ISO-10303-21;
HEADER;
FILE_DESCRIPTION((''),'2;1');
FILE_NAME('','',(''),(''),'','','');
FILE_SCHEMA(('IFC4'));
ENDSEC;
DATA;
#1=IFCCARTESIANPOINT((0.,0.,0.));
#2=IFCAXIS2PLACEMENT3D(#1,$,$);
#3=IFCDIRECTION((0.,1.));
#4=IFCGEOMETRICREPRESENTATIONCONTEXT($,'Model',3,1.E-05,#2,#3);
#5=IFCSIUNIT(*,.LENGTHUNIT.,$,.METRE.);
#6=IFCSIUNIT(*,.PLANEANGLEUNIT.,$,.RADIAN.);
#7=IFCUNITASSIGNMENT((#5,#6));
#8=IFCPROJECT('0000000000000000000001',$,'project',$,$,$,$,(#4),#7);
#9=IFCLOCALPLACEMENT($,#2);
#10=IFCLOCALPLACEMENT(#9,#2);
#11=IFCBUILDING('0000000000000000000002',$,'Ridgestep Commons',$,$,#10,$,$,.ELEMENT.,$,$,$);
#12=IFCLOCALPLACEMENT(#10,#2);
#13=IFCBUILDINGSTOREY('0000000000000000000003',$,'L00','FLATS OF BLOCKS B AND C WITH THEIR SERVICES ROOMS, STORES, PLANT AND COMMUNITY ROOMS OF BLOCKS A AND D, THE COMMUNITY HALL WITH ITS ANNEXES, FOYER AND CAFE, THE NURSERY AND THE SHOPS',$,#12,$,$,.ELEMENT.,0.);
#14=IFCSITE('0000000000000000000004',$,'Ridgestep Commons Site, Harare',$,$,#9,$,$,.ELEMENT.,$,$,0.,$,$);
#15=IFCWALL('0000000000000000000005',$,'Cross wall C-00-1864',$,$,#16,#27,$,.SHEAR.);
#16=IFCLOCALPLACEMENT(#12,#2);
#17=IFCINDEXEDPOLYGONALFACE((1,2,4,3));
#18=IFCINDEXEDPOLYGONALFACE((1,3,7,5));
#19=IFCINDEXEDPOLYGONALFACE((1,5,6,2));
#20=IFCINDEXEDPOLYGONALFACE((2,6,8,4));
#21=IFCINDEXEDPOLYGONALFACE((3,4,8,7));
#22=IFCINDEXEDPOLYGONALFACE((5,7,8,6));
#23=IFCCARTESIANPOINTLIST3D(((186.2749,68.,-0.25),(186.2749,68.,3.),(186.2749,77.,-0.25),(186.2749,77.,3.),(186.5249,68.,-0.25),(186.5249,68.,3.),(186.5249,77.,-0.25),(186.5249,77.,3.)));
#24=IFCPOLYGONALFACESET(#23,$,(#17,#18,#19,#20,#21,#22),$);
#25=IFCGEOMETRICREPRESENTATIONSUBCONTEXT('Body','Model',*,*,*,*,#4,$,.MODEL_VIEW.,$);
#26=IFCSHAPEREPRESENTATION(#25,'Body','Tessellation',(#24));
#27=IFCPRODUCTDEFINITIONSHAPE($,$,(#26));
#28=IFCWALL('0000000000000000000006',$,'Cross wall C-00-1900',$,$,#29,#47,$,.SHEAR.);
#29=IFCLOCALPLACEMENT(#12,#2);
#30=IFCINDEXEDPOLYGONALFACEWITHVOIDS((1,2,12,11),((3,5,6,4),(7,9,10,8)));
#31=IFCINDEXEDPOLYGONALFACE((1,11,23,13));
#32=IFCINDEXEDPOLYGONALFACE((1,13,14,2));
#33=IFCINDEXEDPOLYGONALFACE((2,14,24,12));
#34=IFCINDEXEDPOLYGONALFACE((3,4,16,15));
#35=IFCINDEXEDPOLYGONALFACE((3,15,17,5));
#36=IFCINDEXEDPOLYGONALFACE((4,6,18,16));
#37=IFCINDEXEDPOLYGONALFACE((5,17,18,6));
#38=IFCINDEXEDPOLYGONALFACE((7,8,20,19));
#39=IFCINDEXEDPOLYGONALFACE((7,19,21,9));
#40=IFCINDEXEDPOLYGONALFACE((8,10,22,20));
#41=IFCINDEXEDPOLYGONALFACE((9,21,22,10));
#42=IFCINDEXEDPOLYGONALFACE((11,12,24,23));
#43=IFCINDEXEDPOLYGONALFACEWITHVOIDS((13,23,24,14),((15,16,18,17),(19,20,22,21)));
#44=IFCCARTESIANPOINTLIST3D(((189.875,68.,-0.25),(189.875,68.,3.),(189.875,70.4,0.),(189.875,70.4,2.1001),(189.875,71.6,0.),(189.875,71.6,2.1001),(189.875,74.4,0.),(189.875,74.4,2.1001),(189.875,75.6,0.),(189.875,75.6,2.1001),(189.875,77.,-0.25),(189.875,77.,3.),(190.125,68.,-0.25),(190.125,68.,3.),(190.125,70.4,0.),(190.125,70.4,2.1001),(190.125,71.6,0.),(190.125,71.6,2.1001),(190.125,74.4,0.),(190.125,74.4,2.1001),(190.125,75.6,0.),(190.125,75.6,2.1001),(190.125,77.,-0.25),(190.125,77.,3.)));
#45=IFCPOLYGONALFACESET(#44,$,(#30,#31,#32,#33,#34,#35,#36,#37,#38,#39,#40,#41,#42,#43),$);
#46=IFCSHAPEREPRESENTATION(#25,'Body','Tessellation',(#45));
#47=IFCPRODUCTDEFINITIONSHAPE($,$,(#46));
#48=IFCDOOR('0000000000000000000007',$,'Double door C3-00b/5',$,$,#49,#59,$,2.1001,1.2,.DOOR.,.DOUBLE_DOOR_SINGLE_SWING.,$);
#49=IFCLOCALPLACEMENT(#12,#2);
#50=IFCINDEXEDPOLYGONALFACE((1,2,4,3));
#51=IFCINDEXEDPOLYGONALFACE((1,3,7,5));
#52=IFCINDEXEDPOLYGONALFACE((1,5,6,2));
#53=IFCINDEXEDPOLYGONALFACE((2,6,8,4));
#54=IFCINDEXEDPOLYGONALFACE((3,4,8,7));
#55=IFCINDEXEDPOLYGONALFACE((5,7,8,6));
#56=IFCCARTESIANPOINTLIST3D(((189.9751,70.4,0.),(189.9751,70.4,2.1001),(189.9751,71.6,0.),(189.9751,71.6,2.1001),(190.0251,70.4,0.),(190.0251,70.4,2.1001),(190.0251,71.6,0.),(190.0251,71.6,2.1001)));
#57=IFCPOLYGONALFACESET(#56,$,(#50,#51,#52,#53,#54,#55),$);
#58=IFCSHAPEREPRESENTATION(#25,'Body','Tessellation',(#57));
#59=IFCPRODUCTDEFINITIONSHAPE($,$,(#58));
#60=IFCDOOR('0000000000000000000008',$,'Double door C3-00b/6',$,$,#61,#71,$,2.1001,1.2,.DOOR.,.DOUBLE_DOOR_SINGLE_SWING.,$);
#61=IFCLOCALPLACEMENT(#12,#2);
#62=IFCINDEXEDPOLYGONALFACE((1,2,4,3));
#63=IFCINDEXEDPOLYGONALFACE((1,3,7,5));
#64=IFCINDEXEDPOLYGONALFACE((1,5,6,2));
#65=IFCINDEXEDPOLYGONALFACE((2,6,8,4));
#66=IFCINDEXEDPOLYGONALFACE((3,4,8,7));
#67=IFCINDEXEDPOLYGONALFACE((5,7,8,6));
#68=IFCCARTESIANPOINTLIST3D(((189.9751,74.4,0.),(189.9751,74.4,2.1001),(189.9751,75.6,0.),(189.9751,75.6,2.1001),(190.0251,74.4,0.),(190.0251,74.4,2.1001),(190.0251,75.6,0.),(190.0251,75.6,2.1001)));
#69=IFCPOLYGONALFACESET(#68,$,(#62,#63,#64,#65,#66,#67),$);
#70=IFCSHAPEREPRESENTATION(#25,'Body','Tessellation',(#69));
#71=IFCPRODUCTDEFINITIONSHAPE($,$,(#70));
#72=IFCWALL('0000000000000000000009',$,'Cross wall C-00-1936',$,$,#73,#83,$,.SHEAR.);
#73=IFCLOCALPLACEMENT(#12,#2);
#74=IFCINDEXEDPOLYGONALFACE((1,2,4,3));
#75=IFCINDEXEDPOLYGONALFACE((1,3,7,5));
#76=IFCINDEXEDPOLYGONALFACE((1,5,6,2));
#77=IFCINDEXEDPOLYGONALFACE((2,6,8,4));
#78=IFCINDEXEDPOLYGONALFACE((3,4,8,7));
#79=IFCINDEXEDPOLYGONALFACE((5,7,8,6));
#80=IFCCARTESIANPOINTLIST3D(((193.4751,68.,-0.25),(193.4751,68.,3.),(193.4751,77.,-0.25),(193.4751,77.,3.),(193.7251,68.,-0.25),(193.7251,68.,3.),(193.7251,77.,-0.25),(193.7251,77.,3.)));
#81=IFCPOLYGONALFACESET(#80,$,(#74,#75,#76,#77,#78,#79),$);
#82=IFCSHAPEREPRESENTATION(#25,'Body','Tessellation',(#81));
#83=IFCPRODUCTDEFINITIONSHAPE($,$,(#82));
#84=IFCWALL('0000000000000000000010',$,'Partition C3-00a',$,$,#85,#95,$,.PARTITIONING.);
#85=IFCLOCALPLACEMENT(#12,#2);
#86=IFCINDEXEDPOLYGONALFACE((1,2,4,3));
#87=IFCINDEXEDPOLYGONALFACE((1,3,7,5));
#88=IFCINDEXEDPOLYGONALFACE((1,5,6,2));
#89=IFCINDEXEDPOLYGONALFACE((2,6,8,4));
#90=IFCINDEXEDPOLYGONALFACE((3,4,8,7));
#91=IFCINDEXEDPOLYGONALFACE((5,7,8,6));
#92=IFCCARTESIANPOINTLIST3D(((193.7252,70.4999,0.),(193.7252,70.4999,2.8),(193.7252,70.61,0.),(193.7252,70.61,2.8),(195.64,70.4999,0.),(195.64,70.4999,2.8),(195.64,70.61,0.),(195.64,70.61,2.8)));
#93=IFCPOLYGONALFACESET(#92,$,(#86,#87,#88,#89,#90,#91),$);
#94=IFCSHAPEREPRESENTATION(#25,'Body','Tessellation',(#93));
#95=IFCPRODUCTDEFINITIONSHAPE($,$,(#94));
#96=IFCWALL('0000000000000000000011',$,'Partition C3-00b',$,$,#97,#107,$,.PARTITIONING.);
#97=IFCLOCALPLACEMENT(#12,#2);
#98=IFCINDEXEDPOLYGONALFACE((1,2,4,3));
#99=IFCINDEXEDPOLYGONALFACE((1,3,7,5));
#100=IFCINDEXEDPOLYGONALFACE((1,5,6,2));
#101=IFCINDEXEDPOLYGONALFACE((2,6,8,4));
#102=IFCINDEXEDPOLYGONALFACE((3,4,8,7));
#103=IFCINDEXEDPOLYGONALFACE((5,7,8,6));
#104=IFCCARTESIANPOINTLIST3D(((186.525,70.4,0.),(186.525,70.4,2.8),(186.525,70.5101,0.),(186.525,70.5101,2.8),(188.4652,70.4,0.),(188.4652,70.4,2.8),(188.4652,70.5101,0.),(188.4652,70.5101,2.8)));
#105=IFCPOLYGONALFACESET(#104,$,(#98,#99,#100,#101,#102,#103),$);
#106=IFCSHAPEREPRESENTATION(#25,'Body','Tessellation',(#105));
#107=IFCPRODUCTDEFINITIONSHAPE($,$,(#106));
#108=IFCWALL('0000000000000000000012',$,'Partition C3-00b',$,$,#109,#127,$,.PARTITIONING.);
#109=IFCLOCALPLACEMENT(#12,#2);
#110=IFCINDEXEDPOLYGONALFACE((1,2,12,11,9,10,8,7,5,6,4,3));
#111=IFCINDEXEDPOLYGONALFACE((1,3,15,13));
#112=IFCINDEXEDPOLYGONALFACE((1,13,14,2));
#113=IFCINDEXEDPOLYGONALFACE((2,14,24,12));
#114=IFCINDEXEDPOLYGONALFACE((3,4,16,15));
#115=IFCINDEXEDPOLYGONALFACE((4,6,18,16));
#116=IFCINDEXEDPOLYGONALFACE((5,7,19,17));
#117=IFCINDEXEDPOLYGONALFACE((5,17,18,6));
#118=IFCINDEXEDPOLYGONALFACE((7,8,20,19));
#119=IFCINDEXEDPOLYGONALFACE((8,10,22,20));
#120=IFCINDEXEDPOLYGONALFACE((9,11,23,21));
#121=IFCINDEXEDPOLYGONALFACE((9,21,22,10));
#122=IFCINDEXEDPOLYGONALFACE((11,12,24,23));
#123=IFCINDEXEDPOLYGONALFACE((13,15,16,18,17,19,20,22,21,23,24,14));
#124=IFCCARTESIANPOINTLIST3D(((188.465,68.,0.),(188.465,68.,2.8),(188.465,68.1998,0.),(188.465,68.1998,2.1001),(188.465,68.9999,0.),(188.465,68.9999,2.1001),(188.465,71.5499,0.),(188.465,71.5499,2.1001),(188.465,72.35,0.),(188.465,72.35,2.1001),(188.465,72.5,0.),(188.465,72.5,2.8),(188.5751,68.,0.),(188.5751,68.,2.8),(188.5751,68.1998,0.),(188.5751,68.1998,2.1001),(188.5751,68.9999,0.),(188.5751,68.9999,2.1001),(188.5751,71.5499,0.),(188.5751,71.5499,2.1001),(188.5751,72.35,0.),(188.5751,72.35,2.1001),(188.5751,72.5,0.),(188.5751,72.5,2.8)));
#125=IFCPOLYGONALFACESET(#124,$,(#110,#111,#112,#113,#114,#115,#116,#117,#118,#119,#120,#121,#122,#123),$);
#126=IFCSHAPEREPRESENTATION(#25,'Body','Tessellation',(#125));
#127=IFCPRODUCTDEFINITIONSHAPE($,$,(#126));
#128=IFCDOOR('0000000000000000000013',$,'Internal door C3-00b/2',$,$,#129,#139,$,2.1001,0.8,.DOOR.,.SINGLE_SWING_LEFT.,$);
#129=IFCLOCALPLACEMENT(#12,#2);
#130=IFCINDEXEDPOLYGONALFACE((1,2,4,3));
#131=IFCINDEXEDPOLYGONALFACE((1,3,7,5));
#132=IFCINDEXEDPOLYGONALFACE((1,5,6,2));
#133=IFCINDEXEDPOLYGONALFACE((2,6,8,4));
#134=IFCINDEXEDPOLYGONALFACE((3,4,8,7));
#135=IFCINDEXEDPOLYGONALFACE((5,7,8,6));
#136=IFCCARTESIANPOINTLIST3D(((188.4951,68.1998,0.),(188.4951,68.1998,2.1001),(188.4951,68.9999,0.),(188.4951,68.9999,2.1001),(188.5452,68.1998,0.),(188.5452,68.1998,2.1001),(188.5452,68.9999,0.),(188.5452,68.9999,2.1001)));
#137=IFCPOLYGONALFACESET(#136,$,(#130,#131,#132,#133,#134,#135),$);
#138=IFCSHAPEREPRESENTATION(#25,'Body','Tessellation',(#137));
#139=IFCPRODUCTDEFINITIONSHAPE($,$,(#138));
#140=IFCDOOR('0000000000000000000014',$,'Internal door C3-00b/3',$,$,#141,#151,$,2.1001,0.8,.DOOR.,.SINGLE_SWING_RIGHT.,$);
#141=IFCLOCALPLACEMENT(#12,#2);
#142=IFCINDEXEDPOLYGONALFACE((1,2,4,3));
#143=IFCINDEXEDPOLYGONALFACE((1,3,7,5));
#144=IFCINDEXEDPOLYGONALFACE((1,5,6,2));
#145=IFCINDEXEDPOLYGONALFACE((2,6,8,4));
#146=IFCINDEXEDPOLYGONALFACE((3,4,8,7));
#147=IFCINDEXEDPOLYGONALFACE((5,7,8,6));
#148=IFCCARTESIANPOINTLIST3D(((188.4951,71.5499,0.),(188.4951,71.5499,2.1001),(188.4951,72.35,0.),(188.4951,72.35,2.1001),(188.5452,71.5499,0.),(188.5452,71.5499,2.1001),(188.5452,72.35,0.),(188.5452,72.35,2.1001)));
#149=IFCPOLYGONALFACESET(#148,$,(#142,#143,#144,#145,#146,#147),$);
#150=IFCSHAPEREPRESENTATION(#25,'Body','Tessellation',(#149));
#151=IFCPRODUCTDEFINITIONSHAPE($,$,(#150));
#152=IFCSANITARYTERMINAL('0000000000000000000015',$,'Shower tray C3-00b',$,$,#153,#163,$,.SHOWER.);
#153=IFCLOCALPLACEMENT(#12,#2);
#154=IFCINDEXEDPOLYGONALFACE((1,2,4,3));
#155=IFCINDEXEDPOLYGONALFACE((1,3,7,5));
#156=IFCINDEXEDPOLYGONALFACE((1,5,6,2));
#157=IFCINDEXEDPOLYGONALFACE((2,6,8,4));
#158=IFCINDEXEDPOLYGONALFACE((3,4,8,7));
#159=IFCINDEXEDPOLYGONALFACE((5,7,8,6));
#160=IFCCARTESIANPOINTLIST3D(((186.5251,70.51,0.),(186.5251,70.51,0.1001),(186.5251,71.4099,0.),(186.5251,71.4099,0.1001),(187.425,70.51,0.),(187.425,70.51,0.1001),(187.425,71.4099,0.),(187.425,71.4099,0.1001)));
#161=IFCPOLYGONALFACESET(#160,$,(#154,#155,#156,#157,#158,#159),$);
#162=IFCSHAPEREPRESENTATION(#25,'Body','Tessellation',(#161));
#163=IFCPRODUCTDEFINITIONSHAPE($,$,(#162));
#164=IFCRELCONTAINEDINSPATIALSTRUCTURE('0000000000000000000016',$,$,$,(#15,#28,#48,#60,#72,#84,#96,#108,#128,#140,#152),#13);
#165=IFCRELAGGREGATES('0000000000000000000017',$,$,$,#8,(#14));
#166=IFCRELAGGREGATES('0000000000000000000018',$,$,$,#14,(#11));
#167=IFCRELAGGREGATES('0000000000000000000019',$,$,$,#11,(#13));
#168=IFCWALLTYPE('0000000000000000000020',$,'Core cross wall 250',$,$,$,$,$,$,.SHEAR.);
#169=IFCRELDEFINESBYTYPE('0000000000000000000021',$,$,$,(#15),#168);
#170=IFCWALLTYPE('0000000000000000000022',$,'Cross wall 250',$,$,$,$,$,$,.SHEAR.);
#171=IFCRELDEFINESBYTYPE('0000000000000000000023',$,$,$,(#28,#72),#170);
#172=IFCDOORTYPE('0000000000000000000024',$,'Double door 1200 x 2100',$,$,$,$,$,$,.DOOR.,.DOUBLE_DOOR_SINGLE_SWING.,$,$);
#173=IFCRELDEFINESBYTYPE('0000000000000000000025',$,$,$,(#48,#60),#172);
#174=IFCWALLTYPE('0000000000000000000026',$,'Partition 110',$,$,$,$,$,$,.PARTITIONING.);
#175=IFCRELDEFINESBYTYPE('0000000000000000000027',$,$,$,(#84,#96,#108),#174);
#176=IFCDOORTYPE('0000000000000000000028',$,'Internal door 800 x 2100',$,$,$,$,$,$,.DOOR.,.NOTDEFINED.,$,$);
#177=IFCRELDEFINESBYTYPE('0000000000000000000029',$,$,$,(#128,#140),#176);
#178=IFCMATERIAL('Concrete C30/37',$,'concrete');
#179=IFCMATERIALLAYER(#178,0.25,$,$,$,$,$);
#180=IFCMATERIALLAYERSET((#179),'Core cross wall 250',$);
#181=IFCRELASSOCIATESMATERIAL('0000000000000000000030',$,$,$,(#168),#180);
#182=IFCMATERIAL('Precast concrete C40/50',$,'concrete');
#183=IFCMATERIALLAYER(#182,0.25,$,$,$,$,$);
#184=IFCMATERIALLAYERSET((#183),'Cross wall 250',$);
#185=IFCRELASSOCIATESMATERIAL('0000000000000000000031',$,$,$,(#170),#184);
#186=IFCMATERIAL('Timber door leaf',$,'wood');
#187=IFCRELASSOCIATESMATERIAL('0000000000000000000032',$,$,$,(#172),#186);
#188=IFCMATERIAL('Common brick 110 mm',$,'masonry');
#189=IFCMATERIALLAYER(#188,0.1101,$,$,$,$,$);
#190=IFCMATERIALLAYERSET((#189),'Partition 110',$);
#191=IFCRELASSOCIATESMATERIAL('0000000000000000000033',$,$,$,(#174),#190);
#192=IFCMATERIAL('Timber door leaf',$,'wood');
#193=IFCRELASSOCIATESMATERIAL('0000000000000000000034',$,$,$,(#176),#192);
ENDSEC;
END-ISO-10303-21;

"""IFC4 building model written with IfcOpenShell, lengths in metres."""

from ifc_helpers import new_model, si_unit, direction, frame, frame_2d, origin, origin_2d, place, context, subcontext, project, spatial, rectangle, extrude, material, layer, layer_set, type_object, element, fill, save


model = new_model("IFC4")

# Units and contexts
model_context = context("Model", 3, precision=1e-05, world=origin(), true_north=direction((0.0, 1.0)))
body_context = subcontext(model_context, "Body", "Model", "MODEL_VIEW")
ifc_project = project(units=[si_unit("LENGTHUNIT", "METRE"), si_unit("PLANEANGLEUNIT", "RADIAN")], contexts=[model_context])

# Site, building, storey
site_placement = place(None, origin())
site = spatial("IfcSite", under=ifc_project, at=site_placement, Name="Ridgestep Commons Site, Harare", CompositionType="ELEMENT", RefElevation=0.0)
building_placement = place(site_placement, origin())
building = spatial("IfcBuilding", under=site, at=building_placement, Name="Ridgestep Commons", CompositionType="ELEMENT")
storey_placement = place(building_placement, origin())
storey = spatial("IfcBuildingStorey", under=building, at=storey_placement, Name="L00", Description="FLATS OF BLOCKS B AND C WITH THEIR SERVICES ROOMS, STORES, PLANT AND COMMUNITY ROOMS OF BLOCKS A AND D, THE COMMUNITY HALL WITH ITS ANNEXES, FOYER AND CAFE, THE NURSERY AND THE SHOPS", CompositionType="ELEMENT", Elevation=0.0)

# Wall
ifc_material_1 = material(Name="Concrete C30/37", Category="concrete")
ifc_layer_1 = layer(ifc_material_1, 0.25)
ifc_layer_set_1 = layer_set([ifc_layer_1], Name="Core cross wall 250")
wall_type_1 = type_object("IfcWallType", Name="Core cross wall 250", PredefinedType="SHEAR", material=ifc_layer_set_1)
wall_1_placement = place(storey_placement, frame((186.3999, 68.0, -0.25), z_axis=(0.0, 0.0, 1.0), x_axis=(0.0, 1.0, 0.0)))
element("IfcWall", 1, at=wall_1_placement, inside=storey, type_object=wall_type_1, Name="Cross wall C-00-1864", PredefinedType="SHEAR", context=body_context, shape_type="SweptSolid", body=[
    extrude(rectangle(XDim=9.0, YDim=0.25, at=frame_2d((4.5, 0.0))), origin(), (0.0, 0.0, 1.0), 3.25),
])

# Wall, openings, doors
ifc_material_2 = material(Name="Precast concrete C40/50", Category="concrete")
ifc_layer_2 = layer(ifc_material_2, 0.25)
ifc_layer_set_2 = layer_set([ifc_layer_2], Name="Cross wall 250")
wall_type_2 = type_object("IfcWallType", Name="Cross wall 250", PredefinedType="SHEAR", material=ifc_layer_set_2)
wall_2_placement = place(storey_placement, frame((190.0, 68.0, -0.25), z_axis=(0.0, 0.0, 1.0), x_axis=(0.0, 1.0, 0.0)))
wall_2 = element("IfcWall", 2, at=wall_2_placement, inside=storey, type_object=wall_type_2, Name="Cross wall C-00-1900", PredefinedType="SHEAR", context=body_context, shape_type="SweptSolid", body=[
    extrude(rectangle(XDim=9.0, YDim=0.25, at=frame_2d((4.5, 0.0))), origin(), (0.0, 0.0, 1.0), 3.25),
])
opening_1_placement = place(wall_2_placement, frame((2.3999, 0.0, 0.25)))
opening_1 = element("IfcOpeningElement", 3, at=opening_1_placement, cuts=wall_2, PredefinedType="OPENING", context=body_context, shape_type="SweptSolid", body=[
    extrude(rectangle(XDim=1.2, YDim=2.1001, at=frame_2d((0.6001, 1.05))), frame((0.0, 0.135, 0.0), z_axis=(0.0, -1.0, 0.0), x_axis=(1.0, 0.0, 0.0)), (0.0, 0.0, 1.0), 0.27),
])
opening_2_placement = place(wall_2_placement, frame((6.3999, 0.0, 0.25)))
opening_2 = element("IfcOpeningElement", 4, at=opening_2_placement, cuts=wall_2, PredefinedType="OPENING", context=body_context, shape_type="SweptSolid", body=[
    extrude(rectangle(XDim=1.2, YDim=2.1001, at=frame_2d((0.6001, 1.05))), frame((0.0, 0.135, 0.0), z_axis=(0.0, -1.0, 0.0), x_axis=(1.0, 0.0, 0.0)), (0.0, 0.0, 1.0), 0.27),
])
ifc_material_3 = material(Name="Timber door leaf", Category="wood")
door_type_1 = type_object("IfcDoorType", Name="Double door 1200 x 2100", OperationType="DOUBLE_DOOR_SINGLE_SWING", PredefinedType="DOOR", material=ifc_material_3)
door_1_placement = place(opening_1_placement, origin())
door_1 = element("IfcDoor", 5, at=door_1_placement, inside=storey, type_object=door_type_1, Name="Double door C3-00b/5", OperationType="DOUBLE_DOOR_SINGLE_SWING", OverallHeight=2.1001, OverallWidth=1.2, PredefinedType="DOOR", context=body_context, shape_type="SweptSolid", body=[
    extrude(rectangle(XDim=1.2, YDim=2.1001, at=frame_2d((0.6001, 1.05))), frame((0.0, 0.0249, 0.0), z_axis=(0.0, -1.0, 0.0), x_axis=(1.0, 0.0, 0.0)), (0.0, 0.0, 1.0), 0.05),
])
fill(opening_1, door_1)
door_2_placement = place(opening_2_placement, origin())
door_2 = element("IfcDoor", 6, at=door_2_placement, inside=storey, type_object=door_type_1, Name="Double door C3-00b/6", OperationType="DOUBLE_DOOR_SINGLE_SWING", OverallHeight=2.1001, OverallWidth=1.2, PredefinedType="DOOR", context=body_context, shape_type="SweptSolid", body=[
    extrude(rectangle(XDim=1.2, YDim=2.1001, at=frame_2d((0.6001, 1.05))), frame((0.0, 0.0249, 0.0), z_axis=(0.0, -1.0, 0.0), x_axis=(1.0, 0.0, 0.0)), (0.0, 0.0, 1.0), 0.05),
])
fill(opening_2, door_2)

# Walls
wall_3_placement = place(storey_placement, frame((193.6001, 68.0, -0.25), z_axis=(0.0, 0.0, 1.0), x_axis=(0.0, 1.0, 0.0)))
element("IfcWall", 7, at=wall_3_placement, inside=storey, type_object=wall_type_2, Name="Cross wall C-00-1936", PredefinedType="SHEAR", context=body_context, shape_type="SweptSolid", body=[
    extrude(rectangle(XDim=9.0, YDim=0.25, at=frame_2d((4.5, 0.0))), origin(), (0.0, 0.0, 1.0), 3.25),
])
ifc_material_4 = material(Name="Common brick 110 mm", Category="masonry")
ifc_layer_3 = layer(ifc_material_4, 0.1101)
ifc_layer_set_3 = layer_set([ifc_layer_3], Name="Partition 110")
wall_type_3 = type_object("IfcWallType", Name="Partition 110", PredefinedType="PARTITIONING", material=ifc_layer_set_3)
wall_4_placement = place(storey_placement, frame((193.7251, 70.5549, 0.0), z_axis=(0.0, 0.0, 1.0), x_axis=(1.0, 0.0, 0.0)))
element("IfcWall", 8, at=wall_4_placement, inside=storey, type_object=wall_type_3, Name="Partition C3-00a", PredefinedType="PARTITIONING", context=body_context, shape_type="SweptSolid", body=[
    extrude(rectangle(XDim=1.9148, YDim=0.1101, at=frame_2d((0.9575, 0.0))), origin(), (0.0, 0.0, 1.0), 2.8),
])
wall_5_placement = place(storey_placement, frame((186.5249, 70.4551, 0.0), z_axis=(0.0, 0.0, 1.0), x_axis=(1.0, 0.0, 0.0)))
element("IfcWall", 9, at=wall_5_placement, inside=storey, type_object=wall_type_3, Name="Partition C3-00b", PredefinedType="PARTITIONING", context=body_context, shape_type="SweptSolid", body=[
    extrude(rectangle(XDim=1.9402, YDim=0.1101, at=frame_2d((0.9702, 0.0))), origin(), (0.0, 0.0, 1.0), 2.8),
])

# Wall, openings, doors
wall_6_placement = place(storey_placement, frame((188.52, 68.0, 0.0), z_axis=(0.0, 0.0, 1.0), x_axis=(0.0, 1.0, 0.0)))
wall_6 = element("IfcWall", 10, at=wall_6_placement, inside=storey, type_object=wall_type_3, Name="Partition C3-00b", PredefinedType="PARTITIONING", context=body_context, shape_type="SweptSolid", body=[
    extrude(rectangle(XDim=4.5, YDim=0.1101, at=frame_2d((2.25, 0.0))), origin(), (0.0, 0.0, 1.0), 2.8),
])
opening_3_placement = place(wall_6_placement, frame((0.2, 0.0, 0.0)))
opening_3 = element("IfcOpeningElement", 11, at=opening_3_placement, cuts=wall_6, PredefinedType="OPENING", context=body_context, shape_type="SweptSolid", body=[
    extrude(rectangle(XDim=0.8, YDim=2.1001, at=frame_2d((0.3999, 1.05))), frame((0.0, 0.0649, 0.0), z_axis=(0.0, -1.0, 0.0), x_axis=(1.0, 0.0, 0.0)), (0.0, 0.0, 1.0), 0.1301),
])
opening_4_placement = place(wall_6_placement, frame((3.55, 0.0, 0.0)))
opening_4 = element("IfcOpeningElement", 12, at=opening_4_placement, cuts=wall_6, PredefinedType="OPENING", context=body_context, shape_type="SweptSolid", body=[
    extrude(rectangle(XDim=0.8, YDim=2.1001, at=frame_2d((0.3999, 1.05))), frame((0.0, 0.0649, 0.0), z_axis=(0.0, -1.0, 0.0), x_axis=(1.0, 0.0, 0.0)), (0.0, 0.0, 1.0), 0.1301),
])
ifc_material_5 = material(Name="Timber door leaf", Category="wood")
door_type_2 = type_object("IfcDoorType", Name="Internal door 800 x 2100", OperationType="NOTDEFINED", PredefinedType="DOOR", material=ifc_material_5)
door_3_placement = place(opening_3_placement, origin())
door_3 = element("IfcDoor", 13, at=door_3_placement, inside=storey, type_object=door_type_2, Name="Internal door C3-00b/2", OperationType="SINGLE_SWING_LEFT", OverallHeight=2.1001, OverallWidth=0.8, PredefinedType="DOOR", context=body_context, shape_type="SweptSolid", body=[
    extrude(rectangle(XDim=0.8, YDim=2.1001, at=frame_2d((0.3999, 1.05))), frame((0.0, 0.0249, 0.0), z_axis=(0.0, -1.0, 0.0), x_axis=(1.0, 0.0, 0.0)), (0.0, 0.0, 1.0), 0.05),
])
fill(opening_3, door_3)
door_4_placement = place(opening_4_placement, origin())
door_4 = element("IfcDoor", 14, at=door_4_placement, inside=storey, type_object=door_type_2, Name="Internal door C3-00b/3", OperationType="SINGLE_SWING_RIGHT", OverallHeight=2.1001, OverallWidth=0.8, PredefinedType="DOOR", context=body_context, shape_type="SweptSolid", body=[
    extrude(rectangle(XDim=0.8, YDim=2.1001, at=frame_2d((0.3999, 1.05))), frame((0.0, 0.0249, 0.0), z_axis=(0.0, -1.0, 0.0), x_axis=(1.0, 0.0, 0.0)), (0.0, 0.0, 1.0), 0.05),
])
fill(opening_4, door_4)

# Sanitary terminal
sanitary_terminal_1_placement = place(storey_placement, frame((186.9751, 70.96, 0.0), z_axis=(0.0, 0.0, 1.0), x_axis=(1.0, 0.0, 0.0)))
element("IfcSanitaryTerminal", 15, at=sanitary_terminal_1_placement, inside=storey, Name="Shower tray C3-00b", PredefinedType="SHOWER", context=body_context, shape_type="SweptSolid", body=[
    extrude(rectangle(XDim=0.8999, YDim=0.8999, at=origin_2d()), origin(), (0.0, 0.0, 1.0), 0.1001),
])

save(model, "model.ifc")
